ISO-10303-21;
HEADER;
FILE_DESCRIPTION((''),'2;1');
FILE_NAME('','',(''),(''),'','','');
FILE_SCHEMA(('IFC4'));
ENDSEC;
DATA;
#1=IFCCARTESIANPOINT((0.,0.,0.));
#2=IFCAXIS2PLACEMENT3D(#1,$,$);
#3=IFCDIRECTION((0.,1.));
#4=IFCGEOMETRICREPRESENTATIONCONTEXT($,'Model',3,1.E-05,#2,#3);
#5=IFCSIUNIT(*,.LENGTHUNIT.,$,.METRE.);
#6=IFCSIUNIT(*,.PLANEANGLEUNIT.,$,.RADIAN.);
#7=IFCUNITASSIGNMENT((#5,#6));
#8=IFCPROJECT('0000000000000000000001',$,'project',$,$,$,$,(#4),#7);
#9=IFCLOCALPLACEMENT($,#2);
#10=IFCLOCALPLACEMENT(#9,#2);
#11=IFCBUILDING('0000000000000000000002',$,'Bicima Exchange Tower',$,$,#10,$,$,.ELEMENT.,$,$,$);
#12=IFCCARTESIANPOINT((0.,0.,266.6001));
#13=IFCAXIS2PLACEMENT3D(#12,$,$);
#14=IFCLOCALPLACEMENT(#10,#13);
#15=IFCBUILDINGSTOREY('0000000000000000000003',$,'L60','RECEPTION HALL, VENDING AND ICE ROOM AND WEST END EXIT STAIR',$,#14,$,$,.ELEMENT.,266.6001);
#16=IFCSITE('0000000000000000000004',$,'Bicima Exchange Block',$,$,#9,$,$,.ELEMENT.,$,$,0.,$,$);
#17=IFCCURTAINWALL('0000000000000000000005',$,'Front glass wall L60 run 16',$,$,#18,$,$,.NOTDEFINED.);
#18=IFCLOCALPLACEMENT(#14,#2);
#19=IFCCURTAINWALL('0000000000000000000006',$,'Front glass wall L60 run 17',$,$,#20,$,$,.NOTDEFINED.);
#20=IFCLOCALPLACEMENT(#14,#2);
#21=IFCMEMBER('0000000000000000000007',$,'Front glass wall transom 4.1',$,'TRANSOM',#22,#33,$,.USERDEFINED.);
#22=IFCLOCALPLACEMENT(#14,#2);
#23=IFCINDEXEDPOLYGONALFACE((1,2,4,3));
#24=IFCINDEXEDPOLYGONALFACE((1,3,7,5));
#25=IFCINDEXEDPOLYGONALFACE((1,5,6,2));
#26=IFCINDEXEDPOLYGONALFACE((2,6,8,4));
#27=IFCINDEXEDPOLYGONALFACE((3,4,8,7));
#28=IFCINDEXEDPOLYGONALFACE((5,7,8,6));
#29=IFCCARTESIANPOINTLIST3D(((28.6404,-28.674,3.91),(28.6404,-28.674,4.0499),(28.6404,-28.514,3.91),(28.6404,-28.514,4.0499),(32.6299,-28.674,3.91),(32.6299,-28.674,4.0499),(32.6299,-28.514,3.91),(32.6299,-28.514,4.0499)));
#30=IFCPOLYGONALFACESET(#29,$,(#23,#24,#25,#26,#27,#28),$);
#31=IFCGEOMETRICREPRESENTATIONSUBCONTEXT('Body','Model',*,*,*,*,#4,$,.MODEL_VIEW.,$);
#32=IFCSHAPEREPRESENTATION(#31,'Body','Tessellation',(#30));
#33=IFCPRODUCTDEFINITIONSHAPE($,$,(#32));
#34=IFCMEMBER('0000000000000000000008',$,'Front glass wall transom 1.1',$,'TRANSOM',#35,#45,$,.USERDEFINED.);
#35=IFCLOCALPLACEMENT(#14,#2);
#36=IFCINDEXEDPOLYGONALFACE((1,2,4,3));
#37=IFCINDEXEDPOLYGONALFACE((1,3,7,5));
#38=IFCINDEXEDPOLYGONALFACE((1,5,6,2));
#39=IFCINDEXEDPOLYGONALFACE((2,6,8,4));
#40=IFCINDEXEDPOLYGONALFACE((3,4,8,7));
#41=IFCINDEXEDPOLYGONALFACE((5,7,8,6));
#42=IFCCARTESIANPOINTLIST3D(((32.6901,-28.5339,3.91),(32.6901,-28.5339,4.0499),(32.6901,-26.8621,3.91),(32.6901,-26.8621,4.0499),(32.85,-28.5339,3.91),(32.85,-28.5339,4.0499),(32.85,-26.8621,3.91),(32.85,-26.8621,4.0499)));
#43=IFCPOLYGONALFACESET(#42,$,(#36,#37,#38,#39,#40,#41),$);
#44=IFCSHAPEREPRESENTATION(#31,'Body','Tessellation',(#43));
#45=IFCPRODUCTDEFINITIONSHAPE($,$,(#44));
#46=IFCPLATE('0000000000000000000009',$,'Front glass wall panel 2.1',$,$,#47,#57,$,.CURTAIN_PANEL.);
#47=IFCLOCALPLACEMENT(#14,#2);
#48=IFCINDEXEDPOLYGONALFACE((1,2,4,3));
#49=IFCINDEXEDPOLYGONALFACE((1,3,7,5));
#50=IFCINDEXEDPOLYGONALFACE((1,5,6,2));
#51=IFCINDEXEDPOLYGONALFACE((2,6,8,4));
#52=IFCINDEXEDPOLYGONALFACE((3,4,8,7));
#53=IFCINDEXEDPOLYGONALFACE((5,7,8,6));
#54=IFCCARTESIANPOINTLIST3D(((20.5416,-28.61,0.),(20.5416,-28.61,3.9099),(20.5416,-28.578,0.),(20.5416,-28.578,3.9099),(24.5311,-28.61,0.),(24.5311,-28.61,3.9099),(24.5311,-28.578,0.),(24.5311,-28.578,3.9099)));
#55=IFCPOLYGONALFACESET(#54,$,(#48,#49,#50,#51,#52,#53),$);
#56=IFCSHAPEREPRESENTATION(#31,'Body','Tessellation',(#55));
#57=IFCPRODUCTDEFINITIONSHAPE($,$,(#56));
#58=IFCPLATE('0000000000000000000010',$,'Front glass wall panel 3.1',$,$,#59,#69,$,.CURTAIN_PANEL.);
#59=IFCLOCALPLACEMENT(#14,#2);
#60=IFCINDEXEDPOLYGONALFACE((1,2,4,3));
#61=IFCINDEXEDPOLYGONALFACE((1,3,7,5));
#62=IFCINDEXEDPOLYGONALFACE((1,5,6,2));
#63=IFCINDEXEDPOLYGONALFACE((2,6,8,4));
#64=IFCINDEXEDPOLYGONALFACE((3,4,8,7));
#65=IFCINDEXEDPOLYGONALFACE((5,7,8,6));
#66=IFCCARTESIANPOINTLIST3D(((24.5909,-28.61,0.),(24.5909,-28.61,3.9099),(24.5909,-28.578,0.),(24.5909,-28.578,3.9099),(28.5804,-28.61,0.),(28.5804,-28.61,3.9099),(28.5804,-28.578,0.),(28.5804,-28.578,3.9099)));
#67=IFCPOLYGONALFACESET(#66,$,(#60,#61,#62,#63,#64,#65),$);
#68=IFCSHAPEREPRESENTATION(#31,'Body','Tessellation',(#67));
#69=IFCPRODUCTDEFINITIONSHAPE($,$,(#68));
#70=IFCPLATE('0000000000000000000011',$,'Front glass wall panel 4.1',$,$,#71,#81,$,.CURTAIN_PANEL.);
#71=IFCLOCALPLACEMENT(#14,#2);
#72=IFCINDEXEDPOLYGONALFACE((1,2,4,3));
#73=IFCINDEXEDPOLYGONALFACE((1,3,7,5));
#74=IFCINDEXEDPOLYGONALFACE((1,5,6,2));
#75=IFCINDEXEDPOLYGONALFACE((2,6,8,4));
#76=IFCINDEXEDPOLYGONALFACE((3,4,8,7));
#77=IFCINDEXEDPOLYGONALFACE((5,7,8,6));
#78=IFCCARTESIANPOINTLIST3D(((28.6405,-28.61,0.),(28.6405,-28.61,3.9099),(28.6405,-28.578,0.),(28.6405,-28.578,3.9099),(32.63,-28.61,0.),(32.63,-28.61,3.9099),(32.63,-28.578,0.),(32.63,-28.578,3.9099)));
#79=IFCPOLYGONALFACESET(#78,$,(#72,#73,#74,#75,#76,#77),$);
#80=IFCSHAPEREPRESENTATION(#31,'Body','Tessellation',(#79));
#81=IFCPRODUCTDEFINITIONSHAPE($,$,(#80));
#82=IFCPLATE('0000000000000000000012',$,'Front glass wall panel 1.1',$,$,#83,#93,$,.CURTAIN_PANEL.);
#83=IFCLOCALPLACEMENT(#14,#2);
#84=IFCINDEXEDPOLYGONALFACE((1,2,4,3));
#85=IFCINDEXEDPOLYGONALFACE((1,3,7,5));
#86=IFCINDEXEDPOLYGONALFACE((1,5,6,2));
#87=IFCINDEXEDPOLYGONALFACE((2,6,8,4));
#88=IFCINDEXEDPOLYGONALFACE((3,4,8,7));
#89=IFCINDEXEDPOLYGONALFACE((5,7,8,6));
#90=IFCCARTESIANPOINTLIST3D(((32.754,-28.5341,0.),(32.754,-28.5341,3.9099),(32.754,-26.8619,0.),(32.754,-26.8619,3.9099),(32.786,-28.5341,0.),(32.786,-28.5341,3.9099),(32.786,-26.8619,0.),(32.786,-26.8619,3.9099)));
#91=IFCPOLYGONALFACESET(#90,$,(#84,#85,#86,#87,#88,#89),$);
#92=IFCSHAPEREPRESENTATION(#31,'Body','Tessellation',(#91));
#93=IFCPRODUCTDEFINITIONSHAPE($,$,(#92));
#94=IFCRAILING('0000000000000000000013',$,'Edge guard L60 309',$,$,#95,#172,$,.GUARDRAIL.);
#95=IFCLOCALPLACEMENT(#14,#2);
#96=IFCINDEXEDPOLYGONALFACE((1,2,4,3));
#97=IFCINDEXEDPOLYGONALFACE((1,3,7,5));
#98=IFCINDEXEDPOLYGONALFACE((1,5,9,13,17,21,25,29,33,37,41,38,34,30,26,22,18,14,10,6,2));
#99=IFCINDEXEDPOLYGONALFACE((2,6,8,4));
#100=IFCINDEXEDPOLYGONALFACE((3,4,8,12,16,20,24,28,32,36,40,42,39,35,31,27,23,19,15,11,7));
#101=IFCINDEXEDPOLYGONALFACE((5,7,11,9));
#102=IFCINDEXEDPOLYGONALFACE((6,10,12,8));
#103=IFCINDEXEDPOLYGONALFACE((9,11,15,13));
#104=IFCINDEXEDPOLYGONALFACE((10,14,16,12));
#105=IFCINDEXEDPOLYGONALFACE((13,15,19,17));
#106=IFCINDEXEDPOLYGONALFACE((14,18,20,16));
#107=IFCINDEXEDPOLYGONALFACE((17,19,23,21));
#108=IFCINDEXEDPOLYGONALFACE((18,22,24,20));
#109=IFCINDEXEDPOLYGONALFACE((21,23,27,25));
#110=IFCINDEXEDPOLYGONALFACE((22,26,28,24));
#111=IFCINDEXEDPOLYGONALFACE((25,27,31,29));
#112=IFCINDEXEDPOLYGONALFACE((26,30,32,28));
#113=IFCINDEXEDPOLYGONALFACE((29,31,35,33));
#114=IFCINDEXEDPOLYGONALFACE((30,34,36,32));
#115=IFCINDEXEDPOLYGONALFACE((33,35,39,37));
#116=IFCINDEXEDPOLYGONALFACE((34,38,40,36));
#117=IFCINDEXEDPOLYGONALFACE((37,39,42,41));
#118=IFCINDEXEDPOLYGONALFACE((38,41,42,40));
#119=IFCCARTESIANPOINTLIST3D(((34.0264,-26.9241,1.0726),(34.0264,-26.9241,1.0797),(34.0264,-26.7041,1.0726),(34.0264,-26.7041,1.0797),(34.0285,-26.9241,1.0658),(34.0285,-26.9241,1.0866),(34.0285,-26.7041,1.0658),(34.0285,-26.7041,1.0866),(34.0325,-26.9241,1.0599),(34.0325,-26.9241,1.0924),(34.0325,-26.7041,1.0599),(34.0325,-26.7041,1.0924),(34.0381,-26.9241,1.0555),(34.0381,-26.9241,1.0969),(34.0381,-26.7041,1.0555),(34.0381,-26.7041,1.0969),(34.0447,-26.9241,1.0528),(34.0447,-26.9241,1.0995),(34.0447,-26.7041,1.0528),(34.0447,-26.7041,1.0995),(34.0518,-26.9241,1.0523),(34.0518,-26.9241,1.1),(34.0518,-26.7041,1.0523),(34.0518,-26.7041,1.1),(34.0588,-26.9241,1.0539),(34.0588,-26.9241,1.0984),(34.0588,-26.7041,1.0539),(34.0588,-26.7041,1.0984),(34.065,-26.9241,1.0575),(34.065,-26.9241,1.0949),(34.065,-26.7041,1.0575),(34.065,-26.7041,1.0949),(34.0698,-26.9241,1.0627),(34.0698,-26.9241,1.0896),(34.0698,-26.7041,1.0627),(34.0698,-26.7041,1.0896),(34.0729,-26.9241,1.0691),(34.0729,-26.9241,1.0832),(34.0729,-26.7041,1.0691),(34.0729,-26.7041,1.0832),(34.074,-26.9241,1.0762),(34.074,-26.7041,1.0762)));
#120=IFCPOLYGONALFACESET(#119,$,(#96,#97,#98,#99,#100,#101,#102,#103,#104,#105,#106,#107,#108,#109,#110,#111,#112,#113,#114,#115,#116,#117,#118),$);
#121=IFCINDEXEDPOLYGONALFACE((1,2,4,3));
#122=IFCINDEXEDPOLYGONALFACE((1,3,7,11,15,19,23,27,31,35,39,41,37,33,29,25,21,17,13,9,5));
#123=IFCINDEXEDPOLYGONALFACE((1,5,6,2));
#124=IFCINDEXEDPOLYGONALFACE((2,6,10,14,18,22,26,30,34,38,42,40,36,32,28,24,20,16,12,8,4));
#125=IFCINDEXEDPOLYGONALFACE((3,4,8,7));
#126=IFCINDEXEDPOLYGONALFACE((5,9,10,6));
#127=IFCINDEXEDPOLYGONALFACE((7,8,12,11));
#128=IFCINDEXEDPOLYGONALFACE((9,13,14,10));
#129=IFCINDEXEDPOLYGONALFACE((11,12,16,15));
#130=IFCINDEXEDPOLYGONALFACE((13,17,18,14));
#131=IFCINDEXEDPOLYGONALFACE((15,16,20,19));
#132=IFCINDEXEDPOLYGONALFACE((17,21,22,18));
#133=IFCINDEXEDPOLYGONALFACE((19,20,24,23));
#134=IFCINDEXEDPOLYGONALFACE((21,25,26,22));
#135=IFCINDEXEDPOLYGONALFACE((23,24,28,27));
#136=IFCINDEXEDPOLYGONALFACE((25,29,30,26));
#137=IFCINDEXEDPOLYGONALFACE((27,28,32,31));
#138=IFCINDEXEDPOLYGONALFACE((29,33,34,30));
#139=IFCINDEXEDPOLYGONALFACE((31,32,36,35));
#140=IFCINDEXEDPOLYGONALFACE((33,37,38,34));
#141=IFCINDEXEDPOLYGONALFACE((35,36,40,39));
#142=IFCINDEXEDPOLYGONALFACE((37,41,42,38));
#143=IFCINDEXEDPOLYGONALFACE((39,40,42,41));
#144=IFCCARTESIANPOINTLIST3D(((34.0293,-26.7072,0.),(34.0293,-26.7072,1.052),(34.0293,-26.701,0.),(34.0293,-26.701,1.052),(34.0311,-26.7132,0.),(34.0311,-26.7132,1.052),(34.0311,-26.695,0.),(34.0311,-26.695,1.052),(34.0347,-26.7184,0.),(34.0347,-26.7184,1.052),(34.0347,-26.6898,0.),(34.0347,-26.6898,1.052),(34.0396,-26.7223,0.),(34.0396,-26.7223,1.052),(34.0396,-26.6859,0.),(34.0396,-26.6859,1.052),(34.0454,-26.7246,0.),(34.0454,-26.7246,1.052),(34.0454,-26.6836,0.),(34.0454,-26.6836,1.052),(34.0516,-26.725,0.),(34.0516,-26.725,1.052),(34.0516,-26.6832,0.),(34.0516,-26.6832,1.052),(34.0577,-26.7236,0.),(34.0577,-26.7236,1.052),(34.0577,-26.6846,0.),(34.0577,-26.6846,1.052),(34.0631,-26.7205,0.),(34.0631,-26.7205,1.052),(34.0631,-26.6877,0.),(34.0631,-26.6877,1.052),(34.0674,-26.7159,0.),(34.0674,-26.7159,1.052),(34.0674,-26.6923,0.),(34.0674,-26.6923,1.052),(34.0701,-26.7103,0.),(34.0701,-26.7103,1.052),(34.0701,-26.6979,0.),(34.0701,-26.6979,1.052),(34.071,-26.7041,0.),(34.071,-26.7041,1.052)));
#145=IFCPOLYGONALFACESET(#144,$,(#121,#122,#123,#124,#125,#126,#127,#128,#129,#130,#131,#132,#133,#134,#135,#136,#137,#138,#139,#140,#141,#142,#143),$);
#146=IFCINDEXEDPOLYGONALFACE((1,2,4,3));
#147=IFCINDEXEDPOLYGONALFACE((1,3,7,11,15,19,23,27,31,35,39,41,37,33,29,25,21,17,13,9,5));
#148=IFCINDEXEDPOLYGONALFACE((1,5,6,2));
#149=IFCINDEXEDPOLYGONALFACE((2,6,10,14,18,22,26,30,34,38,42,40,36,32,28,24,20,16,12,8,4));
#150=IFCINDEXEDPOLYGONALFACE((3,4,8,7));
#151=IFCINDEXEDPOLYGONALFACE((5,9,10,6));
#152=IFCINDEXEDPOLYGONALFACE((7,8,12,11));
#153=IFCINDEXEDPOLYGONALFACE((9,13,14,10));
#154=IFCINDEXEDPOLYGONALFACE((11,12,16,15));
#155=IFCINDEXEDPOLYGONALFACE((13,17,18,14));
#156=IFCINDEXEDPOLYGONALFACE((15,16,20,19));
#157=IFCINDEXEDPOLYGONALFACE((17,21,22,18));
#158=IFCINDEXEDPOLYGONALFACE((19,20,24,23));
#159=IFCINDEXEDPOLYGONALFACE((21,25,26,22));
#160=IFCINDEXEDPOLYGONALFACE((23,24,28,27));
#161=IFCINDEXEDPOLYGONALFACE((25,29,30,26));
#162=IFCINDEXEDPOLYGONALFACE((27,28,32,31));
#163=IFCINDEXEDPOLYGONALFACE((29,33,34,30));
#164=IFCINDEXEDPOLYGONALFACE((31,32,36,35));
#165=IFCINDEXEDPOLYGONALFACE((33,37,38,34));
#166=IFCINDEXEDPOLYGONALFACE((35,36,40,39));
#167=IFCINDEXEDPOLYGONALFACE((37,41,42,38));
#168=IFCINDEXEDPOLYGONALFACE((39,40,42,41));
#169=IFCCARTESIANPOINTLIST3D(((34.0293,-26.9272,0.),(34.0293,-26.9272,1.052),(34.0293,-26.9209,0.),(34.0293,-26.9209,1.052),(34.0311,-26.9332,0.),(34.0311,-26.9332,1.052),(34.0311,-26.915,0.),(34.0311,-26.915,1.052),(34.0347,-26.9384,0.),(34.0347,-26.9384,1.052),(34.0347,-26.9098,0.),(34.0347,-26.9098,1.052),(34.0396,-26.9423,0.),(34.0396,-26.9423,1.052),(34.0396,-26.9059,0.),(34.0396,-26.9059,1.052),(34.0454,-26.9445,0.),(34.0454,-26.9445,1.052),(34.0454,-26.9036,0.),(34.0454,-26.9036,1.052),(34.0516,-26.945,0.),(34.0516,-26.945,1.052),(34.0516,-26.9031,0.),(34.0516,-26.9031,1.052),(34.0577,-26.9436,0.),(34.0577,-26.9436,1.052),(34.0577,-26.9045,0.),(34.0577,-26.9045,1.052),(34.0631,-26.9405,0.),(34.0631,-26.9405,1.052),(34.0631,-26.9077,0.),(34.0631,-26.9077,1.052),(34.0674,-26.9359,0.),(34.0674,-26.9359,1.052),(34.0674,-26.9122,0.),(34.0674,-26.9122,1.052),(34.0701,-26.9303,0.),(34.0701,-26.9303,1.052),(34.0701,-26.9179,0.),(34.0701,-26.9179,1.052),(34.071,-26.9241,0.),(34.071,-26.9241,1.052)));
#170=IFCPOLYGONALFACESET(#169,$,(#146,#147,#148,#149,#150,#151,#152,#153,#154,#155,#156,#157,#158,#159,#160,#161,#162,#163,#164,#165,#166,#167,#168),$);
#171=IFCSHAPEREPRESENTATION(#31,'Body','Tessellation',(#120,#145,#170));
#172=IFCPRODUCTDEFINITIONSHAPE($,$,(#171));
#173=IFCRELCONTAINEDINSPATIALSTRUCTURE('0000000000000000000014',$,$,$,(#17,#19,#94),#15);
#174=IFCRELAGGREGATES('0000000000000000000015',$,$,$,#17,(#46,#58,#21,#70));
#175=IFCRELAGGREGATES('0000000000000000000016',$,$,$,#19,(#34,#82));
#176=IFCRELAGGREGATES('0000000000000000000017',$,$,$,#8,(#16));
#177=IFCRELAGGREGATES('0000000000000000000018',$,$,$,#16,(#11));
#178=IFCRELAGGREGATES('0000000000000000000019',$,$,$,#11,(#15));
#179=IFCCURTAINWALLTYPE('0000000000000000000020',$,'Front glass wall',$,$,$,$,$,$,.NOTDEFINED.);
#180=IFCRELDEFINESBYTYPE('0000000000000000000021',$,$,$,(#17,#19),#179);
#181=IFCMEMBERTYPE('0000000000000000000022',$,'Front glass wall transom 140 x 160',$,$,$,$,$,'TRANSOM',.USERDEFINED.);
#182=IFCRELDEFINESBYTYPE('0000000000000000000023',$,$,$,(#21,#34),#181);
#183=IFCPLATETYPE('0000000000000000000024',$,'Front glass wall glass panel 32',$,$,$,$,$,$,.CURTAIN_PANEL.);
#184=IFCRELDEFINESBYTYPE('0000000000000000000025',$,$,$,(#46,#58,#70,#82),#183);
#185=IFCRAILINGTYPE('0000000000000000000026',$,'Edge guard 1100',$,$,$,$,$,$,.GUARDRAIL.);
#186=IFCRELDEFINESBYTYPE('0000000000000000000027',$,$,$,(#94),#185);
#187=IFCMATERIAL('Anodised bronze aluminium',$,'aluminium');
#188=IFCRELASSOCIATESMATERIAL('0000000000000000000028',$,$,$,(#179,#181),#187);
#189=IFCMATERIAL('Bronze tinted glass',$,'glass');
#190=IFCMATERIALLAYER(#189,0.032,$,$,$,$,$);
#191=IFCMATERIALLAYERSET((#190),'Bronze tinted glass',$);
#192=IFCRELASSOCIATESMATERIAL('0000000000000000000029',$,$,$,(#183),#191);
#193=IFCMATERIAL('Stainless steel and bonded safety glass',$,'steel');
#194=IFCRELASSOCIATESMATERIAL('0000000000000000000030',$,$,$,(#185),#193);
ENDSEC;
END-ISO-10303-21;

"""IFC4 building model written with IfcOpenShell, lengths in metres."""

from ifc_helpers import new_model, si_unit, direction, frame, origin, origin_2d, place, context, subcontext, project, spatial, rectangle, circle, extrude, material, layer, layer_set, material_profile, profile_set, type_object, element, aggregate, save


model = new_model("IFC4")

# Units and contexts
model_context = context("Model", 3, precision=1e-05, world=origin(), true_north=direction((0.0, 1.0)))
body_context = subcontext(model_context, "Body", "Model", "MODEL_VIEW")
ifc_project = project(units=[si_unit("LENGTHUNIT", "METRE"), si_unit("PLANEANGLEUNIT", "RADIAN")], contexts=[model_context])

# Site, building, storey
site_placement = place(None, origin())
site = spatial("IfcSite", under=ifc_project, at=site_placement, Name="Bicima Exchange Block", CompositionType="ELEMENT", RefElevation=0.0)
building_placement = place(site_placement, origin())
building = spatial("IfcBuilding", under=site, at=building_placement, Name="Bicima Exchange Tower", CompositionType="ELEMENT")
storey_placement = place(building_placement, frame((0.0, 0.0, 266.6001)))
storey = spatial("IfcBuildingStorey", under=building, at=storey_placement, Name="L60", Description="RECEPTION HALL, VENDING AND ICE ROOM AND WEST END EXIT STAIR", CompositionType="ELEMENT", Elevation=266.6001)

# Curtain walls
ifc_material_1 = material(Name="Anodised bronze aluminium", Category="aluminium")
curtain_wall_type = type_object("IfcCurtainWallType", Name="Front glass wall", PredefinedType="NOTDEFINED", material=ifc_material_1)
curtain_wall_1_placement = place(storey_placement, origin())
curtain_wall_1 = element("IfcCurtainWall", 1, at=curtain_wall_1_placement, inside=storey, type_object=curtain_wall_type, Name="Front glass wall L60 run 16", PredefinedType="NOTDEFINED")
curtain_wall_2_placement = place(storey_placement, origin())
curtain_wall_2 = element("IfcCurtainWall", 2, at=curtain_wall_2_placement, inside=storey, type_object=curtain_wall_type, Name="Front glass wall L60 run 17", PredefinedType="NOTDEFINED")

# Members
ifc_material_profile_1 = material_profile(ifc_material_1, rectangle(XDim=0.1599, YDim=0.1399, at=origin_2d()))
ifc_profile_set_1 = profile_set([ifc_material_profile_1], Name="Anodised bronze aluminium")
member_type_1 = type_object("IfcMemberType", Name="Front glass wall transom 140 x 160", ElementType="TRANSOM", PredefinedType="USERDEFINED", material=ifc_profile_set_1)
member_1_placement = place(storey_placement, frame((28.6404, -28.594, 3.98), z_axis=(1.0, 0.0, 0.0), x_axis=(0.0, 1.0, 0.0)))
member_1 = element("IfcMember", 3, at=member_1_placement, type_object=member_type_1, Name="Front glass wall transom 4.1", ObjectType="TRANSOM", PredefinedType="USERDEFINED", context=body_context, shape_type="SweptSolid", body=[
    extrude(rectangle(XDim=0.1599, YDim=0.1399, at=origin_2d()), origin(), (0.0, 0.0, 1.0), 3.9895),
])
member_2_placement = place(storey_placement, frame((32.77, -28.5339, 3.98), z_axis=(0.0, 1.0, 0.0), x_axis=(-1.0, 0.0, 0.0)))
member_2 = element("IfcMember", 4, at=member_2_placement, type_object=member_type_1, Name="Front glass wall transom 1.1", ObjectType="TRANSOM", PredefinedType="USERDEFINED", context=body_context, shape_type="SweptSolid", body=[
    extrude(rectangle(XDim=0.1599, YDim=0.1399, at=origin_2d()), origin(), (0.0, 0.0, 1.0), 1.6719),
])

# Plates
ifc_material_2 = material(Name="Bronze tinted glass", Category="glass")
ifc_layer = layer(ifc_material_2, 0.032)
ifc_layer_set = layer_set([ifc_layer], Name="Bronze tinted glass")
plate_type = type_object("IfcPlateType", Name="Front glass wall glass panel 32", PredefinedType="CURTAIN_PANEL", material=ifc_layer_set)
plate_1_placement = place(storey_placement, frame((22.5364, -28.594, 0.0), z_axis=(0.0, 0.0, 1.0), x_axis=(1.0, 0.0, 0.0)))
plate_1 = element("IfcPlate", 5, at=plate_1_placement, type_object=plate_type, Name="Front glass wall panel 2.1", PredefinedType="CURTAIN_PANEL", context=body_context, shape_type="SweptSolid", body=[
    extrude(rectangle(XDim=3.9895, YDim=0.032, at=origin_2d()), origin(), (0.0, 0.0, 1.0), 3.9099),
])
plate_2_placement = place(storey_placement, frame((26.5857, -28.594, 0.0), z_axis=(0.0, 0.0, 1.0), x_axis=(1.0, 0.0, 0.0)))
plate_2 = element("IfcPlate", 6, at=plate_2_placement, type_object=plate_type, Name="Front glass wall panel 3.1", PredefinedType="CURTAIN_PANEL", context=body_context, shape_type="SweptSolid", body=[
    extrude(rectangle(XDim=3.9895, YDim=0.032, at=origin_2d()), origin(), (0.0, 0.0, 1.0), 3.9099),
])
plate_3_placement = place(storey_placement, frame((30.6353, -28.594, 0.0), z_axis=(0.0, 0.0, 1.0), x_axis=(1.0, 0.0, 0.0)))
plate_3 = element("IfcPlate", 7, at=plate_3_placement, type_object=plate_type, Name="Front glass wall panel 4.1", PredefinedType="CURTAIN_PANEL", context=body_context, shape_type="SweptSolid", body=[
    extrude(rectangle(XDim=3.9895, YDim=0.032, at=origin_2d()), origin(), (0.0, 0.0, 1.0), 3.9099),
])
aggregate(curtain_wall_1, [plate_1, plate_2, member_1, plate_3])
plate_4_placement = place(storey_placement, frame((32.77, -27.698, 0.0), z_axis=(0.0, 0.0, 1.0), x_axis=(0.0, 1.0, 0.0)))
plate_4 = element("IfcPlate", 8, at=plate_4_placement, type_object=plate_type, Name="Front glass wall panel 1.1", PredefinedType="CURTAIN_PANEL", context=body_context, shape_type="SweptSolid", body=[
    extrude(rectangle(XDim=1.6721, YDim=0.032, at=origin_2d()), origin(), (0.0, 0.0, 1.0), 3.9099),
])
aggregate(curtain_wall_2, [member_2, plate_4])

# Railing
ifc_material_3 = material(Name="Stainless steel and bonded safety glass", Category="steel")
railing_type = type_object("IfcRailingType", Name="Edge guard 1100", PredefinedType="GUARDRAIL", material=ifc_material_3)
railing_1_placement = place(storey_placement, frame((34.05, -26.7041, 0.0)))
element("IfcRailing", 9, at=railing_1_placement, inside=storey, type_object=railing_type, Name="Edge guard L60 309", PredefinedType="GUARDRAIL", context=body_context, shape_type="SweptSolid", body=[
    extrude(circle(Radius=0.0239, at=origin_2d()), frame((0.0, 0.0, 1.0762), z_axis=(0.0, -1.0, 0.0), x_axis=(1.0, 0.0, 0.0)), (0.0, 0.0, 1.0), 0.22),
    extrude(circle(Radius=0.021, at=origin_2d()), origin(), (0.0, 0.0, 1.0), 1.052),
    extrude(circle(Radius=0.021, at=origin_2d()), frame((0.0, -0.22, 0.0)), (0.0, 0.0, 1.0), 1.052),
])

save(model, "model.ifc")
